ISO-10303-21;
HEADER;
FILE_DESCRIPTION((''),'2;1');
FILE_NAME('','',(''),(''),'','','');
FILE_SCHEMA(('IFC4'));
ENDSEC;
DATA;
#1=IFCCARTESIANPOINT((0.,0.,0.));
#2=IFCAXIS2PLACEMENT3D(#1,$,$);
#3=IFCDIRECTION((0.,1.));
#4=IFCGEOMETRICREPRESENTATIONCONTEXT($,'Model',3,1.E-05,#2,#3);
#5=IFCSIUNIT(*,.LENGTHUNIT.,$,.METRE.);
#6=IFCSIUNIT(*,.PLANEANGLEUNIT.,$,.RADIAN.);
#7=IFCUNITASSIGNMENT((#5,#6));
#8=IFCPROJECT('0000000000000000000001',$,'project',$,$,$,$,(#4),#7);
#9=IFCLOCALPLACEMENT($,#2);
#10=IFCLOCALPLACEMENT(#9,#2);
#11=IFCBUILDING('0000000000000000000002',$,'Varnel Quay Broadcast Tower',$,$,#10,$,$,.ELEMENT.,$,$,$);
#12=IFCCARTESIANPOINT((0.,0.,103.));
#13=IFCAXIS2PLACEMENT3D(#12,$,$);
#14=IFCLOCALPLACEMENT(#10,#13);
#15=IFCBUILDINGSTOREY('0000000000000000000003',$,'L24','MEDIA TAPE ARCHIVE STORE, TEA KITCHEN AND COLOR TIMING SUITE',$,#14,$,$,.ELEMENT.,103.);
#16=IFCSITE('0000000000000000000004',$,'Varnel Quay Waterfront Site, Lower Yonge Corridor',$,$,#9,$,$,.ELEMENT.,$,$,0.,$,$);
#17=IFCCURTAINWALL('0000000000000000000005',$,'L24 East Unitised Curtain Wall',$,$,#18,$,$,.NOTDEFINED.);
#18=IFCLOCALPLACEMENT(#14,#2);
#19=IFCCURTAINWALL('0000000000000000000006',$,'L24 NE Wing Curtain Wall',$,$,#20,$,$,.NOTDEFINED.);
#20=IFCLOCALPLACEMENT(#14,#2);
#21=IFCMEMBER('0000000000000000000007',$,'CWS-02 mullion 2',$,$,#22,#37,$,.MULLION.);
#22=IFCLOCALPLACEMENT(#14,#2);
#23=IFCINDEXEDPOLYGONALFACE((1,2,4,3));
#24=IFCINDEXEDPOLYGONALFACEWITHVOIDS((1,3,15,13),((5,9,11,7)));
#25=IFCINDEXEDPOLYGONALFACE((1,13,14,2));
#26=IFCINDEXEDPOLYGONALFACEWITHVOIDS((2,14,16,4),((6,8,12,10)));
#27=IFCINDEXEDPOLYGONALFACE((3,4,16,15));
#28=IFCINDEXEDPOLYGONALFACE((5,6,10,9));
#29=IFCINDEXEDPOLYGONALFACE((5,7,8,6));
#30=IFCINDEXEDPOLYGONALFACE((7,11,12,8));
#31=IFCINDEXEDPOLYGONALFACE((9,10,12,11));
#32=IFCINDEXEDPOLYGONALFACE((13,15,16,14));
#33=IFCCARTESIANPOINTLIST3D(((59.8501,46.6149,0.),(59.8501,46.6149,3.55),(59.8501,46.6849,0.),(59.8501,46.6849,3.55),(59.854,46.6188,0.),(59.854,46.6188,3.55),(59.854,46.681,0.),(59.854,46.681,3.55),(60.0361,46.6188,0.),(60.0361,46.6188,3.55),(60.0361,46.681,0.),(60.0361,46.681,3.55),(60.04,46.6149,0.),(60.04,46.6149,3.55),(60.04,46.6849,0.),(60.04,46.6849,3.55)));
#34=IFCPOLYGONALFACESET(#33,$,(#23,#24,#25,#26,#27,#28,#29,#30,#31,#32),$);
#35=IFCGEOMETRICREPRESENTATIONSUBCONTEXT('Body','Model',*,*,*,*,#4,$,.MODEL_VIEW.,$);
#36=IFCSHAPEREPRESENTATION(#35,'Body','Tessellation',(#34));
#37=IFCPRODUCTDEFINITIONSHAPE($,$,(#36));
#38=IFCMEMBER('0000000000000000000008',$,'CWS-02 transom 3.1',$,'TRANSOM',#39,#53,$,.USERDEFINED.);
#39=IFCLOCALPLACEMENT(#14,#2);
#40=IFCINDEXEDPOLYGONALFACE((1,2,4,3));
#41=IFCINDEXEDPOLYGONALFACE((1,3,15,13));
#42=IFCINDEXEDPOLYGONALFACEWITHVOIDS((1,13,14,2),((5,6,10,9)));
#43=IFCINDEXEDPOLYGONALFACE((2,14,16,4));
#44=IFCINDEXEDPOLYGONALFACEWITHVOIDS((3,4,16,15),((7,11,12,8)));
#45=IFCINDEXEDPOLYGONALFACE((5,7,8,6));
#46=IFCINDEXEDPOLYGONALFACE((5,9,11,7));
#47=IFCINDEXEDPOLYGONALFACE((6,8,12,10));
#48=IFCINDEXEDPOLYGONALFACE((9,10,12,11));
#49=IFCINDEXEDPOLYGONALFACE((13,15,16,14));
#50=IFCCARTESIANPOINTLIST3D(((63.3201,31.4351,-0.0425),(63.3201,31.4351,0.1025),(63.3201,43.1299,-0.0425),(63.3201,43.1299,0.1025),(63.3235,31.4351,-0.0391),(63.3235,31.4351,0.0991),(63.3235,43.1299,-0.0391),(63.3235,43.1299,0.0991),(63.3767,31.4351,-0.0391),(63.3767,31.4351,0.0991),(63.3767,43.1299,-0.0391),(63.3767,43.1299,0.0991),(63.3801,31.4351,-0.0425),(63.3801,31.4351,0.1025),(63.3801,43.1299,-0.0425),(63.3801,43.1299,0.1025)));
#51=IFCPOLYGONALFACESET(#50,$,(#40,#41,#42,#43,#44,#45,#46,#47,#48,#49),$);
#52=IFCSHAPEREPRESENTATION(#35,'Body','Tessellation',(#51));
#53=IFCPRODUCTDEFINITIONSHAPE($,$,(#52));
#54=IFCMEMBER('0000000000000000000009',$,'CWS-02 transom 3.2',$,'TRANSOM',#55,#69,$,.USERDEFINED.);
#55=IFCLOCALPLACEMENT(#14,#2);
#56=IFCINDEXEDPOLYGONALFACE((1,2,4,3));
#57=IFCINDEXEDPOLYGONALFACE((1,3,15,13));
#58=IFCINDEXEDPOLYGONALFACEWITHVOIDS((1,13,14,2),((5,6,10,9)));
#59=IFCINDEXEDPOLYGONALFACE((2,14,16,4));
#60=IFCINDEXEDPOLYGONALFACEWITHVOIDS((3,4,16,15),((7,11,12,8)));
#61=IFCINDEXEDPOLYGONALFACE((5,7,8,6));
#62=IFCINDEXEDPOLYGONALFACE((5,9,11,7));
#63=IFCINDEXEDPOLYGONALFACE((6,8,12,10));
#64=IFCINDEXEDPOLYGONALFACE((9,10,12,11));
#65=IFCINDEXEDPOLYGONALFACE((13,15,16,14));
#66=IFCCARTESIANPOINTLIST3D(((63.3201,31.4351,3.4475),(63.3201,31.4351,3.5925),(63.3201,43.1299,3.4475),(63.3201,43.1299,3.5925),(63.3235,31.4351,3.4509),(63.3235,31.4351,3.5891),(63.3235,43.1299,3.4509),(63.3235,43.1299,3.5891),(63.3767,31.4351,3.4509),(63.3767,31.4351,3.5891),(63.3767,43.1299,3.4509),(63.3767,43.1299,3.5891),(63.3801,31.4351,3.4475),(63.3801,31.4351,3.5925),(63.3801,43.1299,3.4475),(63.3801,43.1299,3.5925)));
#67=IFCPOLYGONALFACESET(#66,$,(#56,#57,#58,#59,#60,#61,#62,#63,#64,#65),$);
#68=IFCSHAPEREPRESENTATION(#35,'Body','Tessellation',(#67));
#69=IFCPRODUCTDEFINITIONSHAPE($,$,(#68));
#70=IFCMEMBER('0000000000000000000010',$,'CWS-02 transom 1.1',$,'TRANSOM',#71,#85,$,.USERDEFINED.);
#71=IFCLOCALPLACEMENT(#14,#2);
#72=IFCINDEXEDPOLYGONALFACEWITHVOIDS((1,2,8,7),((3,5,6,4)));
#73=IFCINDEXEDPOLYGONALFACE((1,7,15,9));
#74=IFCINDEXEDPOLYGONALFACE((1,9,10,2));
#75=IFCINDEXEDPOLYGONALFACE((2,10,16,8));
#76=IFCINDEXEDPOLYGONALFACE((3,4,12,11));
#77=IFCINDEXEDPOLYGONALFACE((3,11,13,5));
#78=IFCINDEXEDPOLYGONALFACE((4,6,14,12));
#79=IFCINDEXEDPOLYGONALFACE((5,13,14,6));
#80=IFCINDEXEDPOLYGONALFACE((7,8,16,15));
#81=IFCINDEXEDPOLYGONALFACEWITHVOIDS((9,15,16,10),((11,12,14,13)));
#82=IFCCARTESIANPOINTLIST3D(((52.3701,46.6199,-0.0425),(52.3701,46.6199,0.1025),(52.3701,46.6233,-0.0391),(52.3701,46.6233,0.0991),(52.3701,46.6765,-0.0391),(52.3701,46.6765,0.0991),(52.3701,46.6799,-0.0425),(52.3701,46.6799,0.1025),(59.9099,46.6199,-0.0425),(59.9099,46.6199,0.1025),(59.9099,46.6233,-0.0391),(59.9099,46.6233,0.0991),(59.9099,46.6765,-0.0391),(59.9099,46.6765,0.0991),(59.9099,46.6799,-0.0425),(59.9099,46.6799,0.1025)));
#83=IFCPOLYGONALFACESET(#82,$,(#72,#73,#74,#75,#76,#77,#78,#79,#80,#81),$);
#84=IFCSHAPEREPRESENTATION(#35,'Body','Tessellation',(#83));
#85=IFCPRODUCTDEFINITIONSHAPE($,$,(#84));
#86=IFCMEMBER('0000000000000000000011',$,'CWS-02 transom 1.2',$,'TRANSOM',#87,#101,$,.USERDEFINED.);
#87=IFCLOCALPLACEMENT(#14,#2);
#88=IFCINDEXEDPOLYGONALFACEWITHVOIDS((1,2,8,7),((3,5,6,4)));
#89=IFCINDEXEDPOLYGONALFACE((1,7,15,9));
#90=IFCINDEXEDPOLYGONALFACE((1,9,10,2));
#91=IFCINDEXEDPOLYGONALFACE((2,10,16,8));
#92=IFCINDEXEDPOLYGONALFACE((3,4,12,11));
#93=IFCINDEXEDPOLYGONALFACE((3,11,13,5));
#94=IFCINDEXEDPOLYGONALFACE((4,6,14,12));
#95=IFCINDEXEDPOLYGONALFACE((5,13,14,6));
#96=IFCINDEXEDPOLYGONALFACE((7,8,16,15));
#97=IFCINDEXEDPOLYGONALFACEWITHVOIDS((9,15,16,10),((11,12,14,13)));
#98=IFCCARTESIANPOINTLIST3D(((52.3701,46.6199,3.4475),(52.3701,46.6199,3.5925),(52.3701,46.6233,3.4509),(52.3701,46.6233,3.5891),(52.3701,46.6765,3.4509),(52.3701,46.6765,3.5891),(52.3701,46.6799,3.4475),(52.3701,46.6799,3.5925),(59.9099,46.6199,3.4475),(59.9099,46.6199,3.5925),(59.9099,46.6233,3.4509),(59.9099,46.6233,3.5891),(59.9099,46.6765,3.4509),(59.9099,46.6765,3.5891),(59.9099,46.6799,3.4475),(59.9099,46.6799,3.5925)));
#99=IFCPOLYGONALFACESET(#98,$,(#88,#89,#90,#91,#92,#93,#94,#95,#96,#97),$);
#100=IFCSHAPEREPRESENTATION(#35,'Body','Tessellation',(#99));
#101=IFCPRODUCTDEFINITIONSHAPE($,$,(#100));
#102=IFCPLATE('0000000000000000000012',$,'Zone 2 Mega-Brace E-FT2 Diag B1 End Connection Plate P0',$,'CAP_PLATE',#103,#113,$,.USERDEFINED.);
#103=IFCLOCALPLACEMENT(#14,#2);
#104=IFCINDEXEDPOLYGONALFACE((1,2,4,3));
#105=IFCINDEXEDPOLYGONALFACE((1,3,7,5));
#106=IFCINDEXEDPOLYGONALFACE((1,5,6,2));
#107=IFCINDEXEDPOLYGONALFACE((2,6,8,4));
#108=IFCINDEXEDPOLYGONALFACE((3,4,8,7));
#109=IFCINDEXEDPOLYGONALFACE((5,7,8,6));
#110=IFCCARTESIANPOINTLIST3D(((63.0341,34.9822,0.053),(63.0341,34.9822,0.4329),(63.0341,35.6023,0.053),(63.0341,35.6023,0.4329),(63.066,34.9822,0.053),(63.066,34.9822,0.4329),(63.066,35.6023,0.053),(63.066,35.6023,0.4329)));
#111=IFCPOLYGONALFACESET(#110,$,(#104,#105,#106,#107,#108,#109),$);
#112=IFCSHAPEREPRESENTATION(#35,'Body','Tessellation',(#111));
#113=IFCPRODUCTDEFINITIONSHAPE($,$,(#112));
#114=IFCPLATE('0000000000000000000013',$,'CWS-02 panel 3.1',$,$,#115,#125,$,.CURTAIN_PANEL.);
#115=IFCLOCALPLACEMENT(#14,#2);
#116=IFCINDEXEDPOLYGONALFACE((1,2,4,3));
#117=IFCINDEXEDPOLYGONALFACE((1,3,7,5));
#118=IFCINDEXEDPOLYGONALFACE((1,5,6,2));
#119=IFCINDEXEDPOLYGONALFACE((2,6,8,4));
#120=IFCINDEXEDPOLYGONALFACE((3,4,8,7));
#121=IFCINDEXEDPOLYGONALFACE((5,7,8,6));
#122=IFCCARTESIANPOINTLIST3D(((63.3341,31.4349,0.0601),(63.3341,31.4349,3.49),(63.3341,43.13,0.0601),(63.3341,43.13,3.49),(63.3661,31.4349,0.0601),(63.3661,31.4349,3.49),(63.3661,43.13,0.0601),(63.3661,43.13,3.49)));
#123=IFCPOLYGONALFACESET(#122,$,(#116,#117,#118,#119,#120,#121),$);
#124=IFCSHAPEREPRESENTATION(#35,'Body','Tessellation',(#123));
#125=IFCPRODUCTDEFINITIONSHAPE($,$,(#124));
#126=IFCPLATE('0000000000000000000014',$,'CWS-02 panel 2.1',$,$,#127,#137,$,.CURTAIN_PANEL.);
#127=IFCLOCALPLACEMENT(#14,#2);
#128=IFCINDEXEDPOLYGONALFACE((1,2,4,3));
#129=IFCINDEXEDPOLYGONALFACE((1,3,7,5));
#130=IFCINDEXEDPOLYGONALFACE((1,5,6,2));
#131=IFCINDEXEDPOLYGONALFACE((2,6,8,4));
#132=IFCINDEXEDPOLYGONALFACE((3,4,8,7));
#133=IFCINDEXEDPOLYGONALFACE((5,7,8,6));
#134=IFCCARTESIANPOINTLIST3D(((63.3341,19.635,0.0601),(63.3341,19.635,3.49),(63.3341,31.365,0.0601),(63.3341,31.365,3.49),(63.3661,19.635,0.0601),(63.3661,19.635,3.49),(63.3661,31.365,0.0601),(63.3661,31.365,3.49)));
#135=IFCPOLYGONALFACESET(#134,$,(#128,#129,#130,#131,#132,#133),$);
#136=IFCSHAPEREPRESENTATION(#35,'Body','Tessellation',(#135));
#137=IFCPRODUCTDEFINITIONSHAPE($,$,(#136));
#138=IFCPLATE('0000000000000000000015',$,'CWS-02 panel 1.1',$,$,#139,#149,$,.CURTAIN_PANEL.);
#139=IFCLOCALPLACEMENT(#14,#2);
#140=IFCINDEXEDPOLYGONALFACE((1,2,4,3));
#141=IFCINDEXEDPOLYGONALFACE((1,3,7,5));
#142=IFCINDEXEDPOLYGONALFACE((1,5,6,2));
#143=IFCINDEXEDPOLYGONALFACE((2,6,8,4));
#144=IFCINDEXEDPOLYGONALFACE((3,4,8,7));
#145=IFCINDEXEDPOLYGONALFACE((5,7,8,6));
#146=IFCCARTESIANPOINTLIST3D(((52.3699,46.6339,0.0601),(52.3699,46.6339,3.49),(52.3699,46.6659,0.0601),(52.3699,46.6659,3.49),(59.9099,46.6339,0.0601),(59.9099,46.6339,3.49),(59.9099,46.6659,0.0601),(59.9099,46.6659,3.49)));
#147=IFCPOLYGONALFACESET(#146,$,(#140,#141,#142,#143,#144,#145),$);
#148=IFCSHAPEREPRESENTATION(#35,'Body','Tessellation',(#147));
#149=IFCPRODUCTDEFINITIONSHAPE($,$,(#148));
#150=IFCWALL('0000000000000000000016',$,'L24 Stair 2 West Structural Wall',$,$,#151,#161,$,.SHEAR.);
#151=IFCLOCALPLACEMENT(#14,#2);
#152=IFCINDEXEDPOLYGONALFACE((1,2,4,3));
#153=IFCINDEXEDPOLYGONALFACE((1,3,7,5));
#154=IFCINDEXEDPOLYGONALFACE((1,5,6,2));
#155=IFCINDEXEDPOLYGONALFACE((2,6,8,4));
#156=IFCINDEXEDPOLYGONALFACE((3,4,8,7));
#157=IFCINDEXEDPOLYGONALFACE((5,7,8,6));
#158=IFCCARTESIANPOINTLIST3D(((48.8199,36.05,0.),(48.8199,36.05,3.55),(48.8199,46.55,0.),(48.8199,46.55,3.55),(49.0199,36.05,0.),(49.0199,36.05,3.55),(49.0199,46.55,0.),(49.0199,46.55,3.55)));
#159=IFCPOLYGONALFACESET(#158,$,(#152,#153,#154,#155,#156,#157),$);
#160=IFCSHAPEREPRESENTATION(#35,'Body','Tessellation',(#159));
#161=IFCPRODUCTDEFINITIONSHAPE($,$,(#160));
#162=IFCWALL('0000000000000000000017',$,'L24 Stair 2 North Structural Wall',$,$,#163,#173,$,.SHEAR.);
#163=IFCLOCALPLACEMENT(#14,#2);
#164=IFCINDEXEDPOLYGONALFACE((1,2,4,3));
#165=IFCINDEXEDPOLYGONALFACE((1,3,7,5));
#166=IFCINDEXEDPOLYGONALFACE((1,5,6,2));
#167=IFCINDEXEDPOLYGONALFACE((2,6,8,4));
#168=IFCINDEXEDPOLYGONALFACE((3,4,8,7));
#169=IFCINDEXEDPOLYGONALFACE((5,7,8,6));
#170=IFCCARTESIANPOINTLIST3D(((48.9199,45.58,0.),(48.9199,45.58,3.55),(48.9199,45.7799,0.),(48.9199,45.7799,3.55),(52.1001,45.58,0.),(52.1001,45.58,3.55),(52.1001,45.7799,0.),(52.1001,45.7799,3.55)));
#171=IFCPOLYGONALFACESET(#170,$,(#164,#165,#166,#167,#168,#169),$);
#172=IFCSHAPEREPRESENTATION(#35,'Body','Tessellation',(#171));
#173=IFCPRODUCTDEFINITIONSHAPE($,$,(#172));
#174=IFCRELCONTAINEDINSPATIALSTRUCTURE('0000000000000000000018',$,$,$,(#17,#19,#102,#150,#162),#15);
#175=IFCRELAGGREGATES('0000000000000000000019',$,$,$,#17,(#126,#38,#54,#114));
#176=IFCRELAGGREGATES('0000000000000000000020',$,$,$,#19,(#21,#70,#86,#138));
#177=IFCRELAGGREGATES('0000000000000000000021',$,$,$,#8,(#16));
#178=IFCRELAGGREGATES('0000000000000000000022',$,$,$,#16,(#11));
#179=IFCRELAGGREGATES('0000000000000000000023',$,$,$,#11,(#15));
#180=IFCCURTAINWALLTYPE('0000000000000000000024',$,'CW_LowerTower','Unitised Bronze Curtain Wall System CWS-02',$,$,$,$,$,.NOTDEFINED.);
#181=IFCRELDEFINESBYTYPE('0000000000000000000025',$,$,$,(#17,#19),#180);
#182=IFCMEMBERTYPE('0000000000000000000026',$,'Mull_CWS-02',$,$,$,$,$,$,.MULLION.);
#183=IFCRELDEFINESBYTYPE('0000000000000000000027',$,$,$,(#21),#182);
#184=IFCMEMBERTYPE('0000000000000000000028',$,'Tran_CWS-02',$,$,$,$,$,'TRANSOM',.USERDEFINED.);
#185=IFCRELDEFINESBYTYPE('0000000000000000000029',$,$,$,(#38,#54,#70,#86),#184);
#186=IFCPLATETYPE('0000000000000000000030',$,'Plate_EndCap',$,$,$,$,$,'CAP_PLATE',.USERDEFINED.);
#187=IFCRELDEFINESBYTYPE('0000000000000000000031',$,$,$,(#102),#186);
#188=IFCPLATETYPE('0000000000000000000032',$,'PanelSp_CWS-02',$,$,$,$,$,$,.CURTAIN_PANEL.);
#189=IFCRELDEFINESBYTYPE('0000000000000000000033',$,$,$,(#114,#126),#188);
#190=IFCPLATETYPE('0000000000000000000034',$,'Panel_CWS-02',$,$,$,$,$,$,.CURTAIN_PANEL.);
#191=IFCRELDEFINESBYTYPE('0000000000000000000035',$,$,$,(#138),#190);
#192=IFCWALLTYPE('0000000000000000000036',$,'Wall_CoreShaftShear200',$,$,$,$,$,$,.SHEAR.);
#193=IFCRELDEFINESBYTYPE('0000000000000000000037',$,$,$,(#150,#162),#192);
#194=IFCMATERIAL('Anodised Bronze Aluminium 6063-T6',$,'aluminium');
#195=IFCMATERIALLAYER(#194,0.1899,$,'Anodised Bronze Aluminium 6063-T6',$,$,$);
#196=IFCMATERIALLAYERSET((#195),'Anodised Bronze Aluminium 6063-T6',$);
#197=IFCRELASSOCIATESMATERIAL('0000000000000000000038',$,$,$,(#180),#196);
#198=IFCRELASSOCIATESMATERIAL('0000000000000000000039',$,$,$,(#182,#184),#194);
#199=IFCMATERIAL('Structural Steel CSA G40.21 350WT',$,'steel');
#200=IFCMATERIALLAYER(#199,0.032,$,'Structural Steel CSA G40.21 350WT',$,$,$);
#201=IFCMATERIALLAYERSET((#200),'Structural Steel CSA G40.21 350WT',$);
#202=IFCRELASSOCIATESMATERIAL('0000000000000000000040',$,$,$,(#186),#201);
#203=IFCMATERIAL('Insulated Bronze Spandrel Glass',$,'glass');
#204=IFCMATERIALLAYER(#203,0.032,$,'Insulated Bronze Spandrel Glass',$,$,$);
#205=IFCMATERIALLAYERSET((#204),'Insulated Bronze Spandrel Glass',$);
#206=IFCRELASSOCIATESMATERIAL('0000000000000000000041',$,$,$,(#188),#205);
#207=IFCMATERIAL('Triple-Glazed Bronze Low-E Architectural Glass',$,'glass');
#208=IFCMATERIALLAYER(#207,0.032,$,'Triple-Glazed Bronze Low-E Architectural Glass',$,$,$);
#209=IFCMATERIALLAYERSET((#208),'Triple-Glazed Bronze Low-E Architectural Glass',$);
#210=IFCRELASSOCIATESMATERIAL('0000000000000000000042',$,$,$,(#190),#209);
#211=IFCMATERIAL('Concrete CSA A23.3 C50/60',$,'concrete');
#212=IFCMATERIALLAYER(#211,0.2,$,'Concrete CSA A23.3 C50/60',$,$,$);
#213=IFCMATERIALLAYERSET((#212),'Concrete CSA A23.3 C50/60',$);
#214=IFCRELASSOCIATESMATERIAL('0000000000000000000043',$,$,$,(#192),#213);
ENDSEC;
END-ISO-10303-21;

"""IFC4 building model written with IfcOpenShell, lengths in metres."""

from ifc_helpers import new_model, si_unit, direction, frame, frame_2d, origin, origin_2d, place, context, subcontext, project, spatial, rectangle, hollow_rectangle, extrude, source, transform, mapped, material, layer, layer_set, material_profile, profile_set, type_object, type_shapes, element, aggregate, save


model = new_model("IFC4")

# Units and contexts
model_context = context("Model", 3, precision=1e-05, world=origin(), true_north=direction((0.0, 1.0)))
body_context = subcontext(model_context, "Body", "Model", "MODEL_VIEW")
ifc_project = project(units=[si_unit("LENGTHUNIT", "METRE"), si_unit("PLANEANGLEUNIT", "RADIAN")], contexts=[model_context])

# Site, building, storey
site_placement = place(None, origin())
site = spatial("IfcSite", under=ifc_project, at=site_placement, Name="Varnel Quay Waterfront Site, Lower Yonge Corridor", CompositionType="ELEMENT", RefElevation=0.0)
building_placement = place(site_placement, origin())
building = spatial("IfcBuilding", under=site, at=building_placement, Name="Varnel Quay Broadcast Tower", CompositionType="ELEMENT")
storey_placement = place(building_placement, frame((0.0, 0.0, 103.0)))
storey = spatial("IfcBuildingStorey", under=building, at=storey_placement, Name="L24", Description="MEDIA TAPE ARCHIVE STORE, TEA KITCHEN AND COLOR TIMING SUITE", CompositionType="ELEMENT", Elevation=103.0)

# Shared definitions
ifc_material_1 = material(Name="Structural Steel CSA G40.21 350WT", Category="steel")

# Curtain walls, member
ifc_material_2 = material(Name="Anodised Bronze Aluminium 6063-T6", Category="aluminium")
ifc_layer_1 = layer(ifc_material_2, 0.1899, Name="Anodised Bronze Aluminium 6063-T6")
ifc_layer_set_1 = layer_set([ifc_layer_1], Name="Anodised Bronze Aluminium 6063-T6")
curtain_wall_type = type_object("IfcCurtainWallType", Name="CW_LowerTower", Description="Unitised Bronze Curtain Wall System CWS-02", PredefinedType="NOTDEFINED", material=ifc_layer_set_1)
curtain_wall_1_placement = place(storey_placement, origin())
curtain_wall_1 = element("IfcCurtainWall", 1, at=curtain_wall_1_placement, inside=storey, type_object=curtain_wall_type, Name="L24 East Unitised Curtain Wall", PredefinedType="NOTDEFINED")
ifc_material_profile_1 = material_profile(ifc_material_2, hollow_rectangle(XDim=0.0701, YDim=0.1899, WallThickness=0.0039, at=origin_2d()), Name="ALU70X190X4")
ifc_profile_set_1 = profile_set([ifc_material_profile_1], Name="Anodised Bronze Aluminium 6063-T6")
member_type_1 = type_object("IfcMemberType", Name="Mull_CWS-02", PredefinedType="MULLION", material=ifc_profile_set_1)
shared_shape_1 = source(origin(), body_context, "Body", "SweptSolid", [
    extrude(hollow_rectangle(XDim=0.0701, YDim=0.1899, WallThickness=0.0039, at=origin_2d()), origin(), (0.0, 0.0, 1.0), 3.55),
])
type_shapes(member_type_1, [shared_shape_1])
curtain_wall_2_placement = place(storey_placement, origin())
curtain_wall_2 = element("IfcCurtainWall", 2, at=curtain_wall_2_placement, inside=storey, type_object=curtain_wall_type, Name="L24 NE Wing Curtain Wall", PredefinedType="NOTDEFINED")
member_1_placement = place(storey_placement, frame((59.9451, 46.6499, 0.0), z_axis=(0.0, 0.0, 1.0), x_axis=(0.0, 1.0, 0.0)))
member_1 = element("IfcMember", 3, at=member_1_placement, type_object=member_type_1, Name="CWS-02 mullion 2", PredefinedType="MULLION", context=body_context, shape_type="MappedRepresentation", body=[
    mapped(shared_shape_1, transform((0.0, 0.0, 0.0), x_axis=(1.0, 0.0, 0.0), y_axis=(0.0, 1.0, 0.0), z_axis=(0.0, 0.0, 1.0), scale=1.0)),
])

# Members
ifc_material_profile_2 = material_profile(ifc_material_2, hollow_rectangle(XDim=0.0601, YDim=0.145, WallThickness=0.0034, at=origin_2d()), Name="ALU60X145X3.5")
ifc_profile_set_2 = profile_set([ifc_material_profile_2], Name="Anodised Bronze Aluminium 6063-T6")
member_type_2 = type_object("IfcMemberType", Name="Tran_CWS-02", ElementType="TRANSOM", PredefinedType="USERDEFINED", material=ifc_profile_set_2)
shared_shape_2 = source(origin(), body_context, "Body", "SweptSolid", [
    extrude(hollow_rectangle(XDim=0.0601, YDim=0.145, WallThickness=0.0034, at=origin_2d()), origin(), (0.0, 0.0, 1.0), 11.6948),
])
member_2_placement = place(storey_placement, frame((63.3501, 31.4351, 0.03), z_axis=(0.0, 1.0, 0.0), x_axis=(-1.0, 0.0, 0.0)))
member_2 = element("IfcMember", 4, at=member_2_placement, type_object=member_type_2, Name="CWS-02 transom 3.1", ObjectType="TRANSOM", PredefinedType="USERDEFINED", context=body_context, shape_type="MappedRepresentation", body=[
    mapped(shared_shape_2, transform((0.0, 0.0, 0.0), x_axis=(1.0, 0.0, 0.0), y_axis=(0.0, 1.0, 0.0), z_axis=(0.0, 0.0, 1.0), scale=1.0)),
])
member_3_placement = place(storey_placement, frame((63.3501, 31.4351, 3.52), z_axis=(0.0, 1.0, 0.0), x_axis=(-1.0, 0.0, 0.0)))
member_3 = element("IfcMember", 5, at=member_3_placement, type_object=member_type_2, Name="CWS-02 transom 3.2", ObjectType="TRANSOM", PredefinedType="USERDEFINED", context=body_context, shape_type="MappedRepresentation", body=[
    mapped(shared_shape_2, transform((0.0, 0.0, 0.0), x_axis=(1.0, 0.0, 0.0), y_axis=(0.0, 1.0, 0.0), z_axis=(0.0, 0.0, 1.0), scale=1.0)),
])
shared_shape_3 = source(origin(), body_context, "Body", "SweptSolid", [
    extrude(hollow_rectangle(XDim=0.0601, YDim=0.145, WallThickness=0.0034, at=origin_2d()), origin(), (0.0, 0.0, 1.0), 7.5398),
])
type_shapes(member_type_2, [shared_shape_2, shared_shape_3])
member_4_placement = place(storey_placement, frame((52.3701, 46.6499, 0.03), z_axis=(1.0, 0.0, 0.0), x_axis=(0.0, 1.0, 0.0)))
member_4 = element("IfcMember", 6, at=member_4_placement, type_object=member_type_2, Name="CWS-02 transom 1.1", ObjectType="TRANSOM", PredefinedType="USERDEFINED", context=body_context, shape_type="MappedRepresentation", body=[
    mapped(shared_shape_3, transform((0.0, 0.0, 0.0), x_axis=(1.0, 0.0, 0.0), y_axis=(0.0, 1.0, 0.0), z_axis=(0.0, 0.0, 1.0), scale=1.0)),
])
member_5_placement = place(storey_placement, frame((52.3701, 46.6499, 3.52), z_axis=(1.0, 0.0, 0.0), x_axis=(0.0, 1.0, 0.0)))
member_5 = element("IfcMember", 7, at=member_5_placement, type_object=member_type_2, Name="CWS-02 transom 1.2", ObjectType="TRANSOM", PredefinedType="USERDEFINED", context=body_context, shape_type="MappedRepresentation", body=[
    mapped(shared_shape_3, transform((0.0, 0.0, 0.0), x_axis=(1.0, 0.0, 0.0), y_axis=(0.0, 1.0, 0.0), z_axis=(0.0, 0.0, 1.0), scale=1.0)),
])

# Plates
ifc_layer_2 = layer(ifc_material_1, 0.032, Name="Structural Steel CSA G40.21 350WT")
ifc_layer_set_2 = layer_set([ifc_layer_2], Name="Structural Steel CSA G40.21 350WT")
plate_type_1 = type_object("IfcPlateType", Name="Plate_EndCap", ElementType="CAP_PLATE", PredefinedType="USERDEFINED", material=ifc_layer_set_2)
shared_shape_4 = source(origin(), body_context, "Body", "SweptSolid", [
    extrude(rectangle(XDim=0.6201, YDim=0.032, at=origin_2d()), origin(), (0.0, 0.0, 1.0), 0.3799),
])
type_shapes(plate_type_1, [shared_shape_4])
plate_1_placement = place(storey_placement, frame((63.05, 35.2922, 0.053), z_axis=(0.0, 0.0, 1.0), x_axis=(0.0, 1.0, 0.0)))
element("IfcPlate", 8, at=plate_1_placement, inside=storey, type_object=plate_type_1, Name="Zone 2 Mega-Brace E-FT2 Diag B1 End Connection Plate P0", ObjectType="CAP_PLATE", PredefinedType="USERDEFINED", context=body_context, shape_type="MappedRepresentation", body=[
    mapped(shared_shape_4, transform((0.0, 0.0, 0.0), x_axis=(1.0, 0.0, 0.0), y_axis=(0.0, 1.0, 0.0), z_axis=(0.0, 0.0, 1.0), scale=1.0)),
])
ifc_material_3 = material(Name="Insulated Bronze Spandrel Glass", Category="glass")
ifc_layer_3 = layer(ifc_material_3, 0.032, Name="Insulated Bronze Spandrel Glass")
ifc_layer_set_3 = layer_set([ifc_layer_3], Name="Insulated Bronze Spandrel Glass")
plate_type_2 = type_object("IfcPlateType", Name="PanelSp_CWS-02", PredefinedType="CURTAIN_PANEL", material=ifc_layer_set_3)
shared_shape_5 = source(origin(), body_context, "Body", "SweptSolid", [
    extrude(rectangle(XDim=11.6951, YDim=0.032, at=origin_2d()), origin(), (0.0, 0.0, 1.0), 3.4299),
])
plate_2_placement = place(storey_placement, frame((63.3501, 37.2825, 0.0601), z_axis=(0.0, 0.0, 1.0), x_axis=(0.0, 1.0, 0.0)))
plate_2 = element("IfcPlate", 9, at=plate_2_placement, type_object=plate_type_2, Name="CWS-02 panel 3.1", PredefinedType="CURTAIN_PANEL", context=body_context, shape_type="MappedRepresentation", body=[
    mapped(shared_shape_5, transform((0.0, 0.0, 0.0), x_axis=(1.0, 0.0, 0.0), y_axis=(0.0, 1.0, 0.0), z_axis=(0.0, 0.0, 1.0), scale=1.0)),
])
shared_shape_6 = source(origin(), body_context, "Body", "SweptSolid", [
    extrude(rectangle(XDim=11.73, YDim=0.032, at=origin_2d()), origin(), (0.0, 0.0, 1.0), 3.4299),
])
type_shapes(plate_type_2, [shared_shape_5, shared_shape_6])
plate_3_placement = place(storey_placement, frame((63.3501, 25.5, 0.0601), z_axis=(0.0, 0.0, 1.0), x_axis=(0.0, 1.0, 0.0)))
plate_3 = element("IfcPlate", 10, at=plate_3_placement, type_object=plate_type_2, Name="CWS-02 panel 2.1", PredefinedType="CURTAIN_PANEL", context=body_context, shape_type="MappedRepresentation", body=[
    mapped(shared_shape_6, transform((0.0, 0.0, 0.0), x_axis=(1.0, 0.0, 0.0), y_axis=(0.0, 1.0, 0.0), z_axis=(0.0, 0.0, 1.0), scale=1.0)),
])
aggregate(curtain_wall_1, [plate_3, member_2, member_3, plate_2])
ifc_material_4 = material(Name="Triple-Glazed Bronze Low-E Architectural Glass", Category="glass")
ifc_layer_4 = layer(ifc_material_4, 0.032, Name="Triple-Glazed Bronze Low-E Architectural Glass")
ifc_layer_set_4 = layer_set([ifc_layer_4], Name="Triple-Glazed Bronze Low-E Architectural Glass")
plate_type_3 = type_object("IfcPlateType", Name="Panel_CWS-02", PredefinedType="CURTAIN_PANEL", material=ifc_layer_set_4)
shared_shape_7 = source(origin(), body_context, "Body", "SweptSolid", [
    extrude(rectangle(XDim=7.54, YDim=0.032, at=origin_2d()), origin(), (0.0, 0.0, 1.0), 3.4299),
])
type_shapes(plate_type_3, [shared_shape_7])
plate_4_placement = place(storey_placement, frame((56.1399, 46.6499, 0.0601), z_axis=(0.0, 0.0, 1.0), x_axis=(1.0, 0.0, 0.0)))
plate_4 = element("IfcPlate", 11, at=plate_4_placement, type_object=plate_type_3, Name="CWS-02 panel 1.1", PredefinedType="CURTAIN_PANEL", context=body_context, shape_type="MappedRepresentation", body=[
    mapped(shared_shape_7, transform((0.0, 0.0, 0.0), x_axis=(1.0, 0.0, 0.0), y_axis=(0.0, 1.0, 0.0), z_axis=(0.0, 0.0, 1.0), scale=1.0)),
])
aggregate(curtain_wall_2, [member_1, member_4, member_5, plate_4])

# Walls
ifc_material_5 = material(Name="Concrete CSA A23.3 C50/60", Category="concrete")
ifc_layer_5 = layer(ifc_material_5, 0.2, Name="Concrete CSA A23.3 C50/60")
ifc_layer_set_5 = layer_set([ifc_layer_5], Name="Concrete CSA A23.3 C50/60")
wall_type_1 = type_object("IfcWallType", Name="Wall_CoreShaftShear200", PredefinedType="SHEAR", material=ifc_layer_set_5)
wall_1_placement = place(storey_placement, frame((48.9199, 36.05, 0.0), z_axis=(0.0, 0.0, 1.0), x_axis=(0.0, 1.0, 0.0)))
element("IfcWall", 12, at=wall_1_placement, inside=storey, type_object=wall_type_1, Name="L24 Stair 2 West Structural Wall", PredefinedType="SHEAR", context=body_context, shape_type="SweptSolid", body=[
    extrude(rectangle(XDim=10.5, YDim=0.2, at=frame_2d((5.25, 0.0))), origin(), (0.0, 0.0, 1.0), 3.55),
])
wall_2_placement = place(storey_placement, frame((48.9199, 45.6799, 0.0), z_axis=(0.0, 0.0, 1.0), x_axis=(1.0, 0.0, 0.0)))
element("IfcWall", 13, at=wall_2_placement, inside=storey, type_object=wall_type_1, Name="L24 Stair 2 North Structural Wall", PredefinedType="SHEAR", context=body_context, shape_type="SweptSolid", body=[
    extrude(rectangle(XDim=3.1802, YDim=0.2, at=frame_2d((1.5901, 0.0))), origin(), (0.0, 0.0, 1.0), 3.55),
])

save(model, "model.ifc")
